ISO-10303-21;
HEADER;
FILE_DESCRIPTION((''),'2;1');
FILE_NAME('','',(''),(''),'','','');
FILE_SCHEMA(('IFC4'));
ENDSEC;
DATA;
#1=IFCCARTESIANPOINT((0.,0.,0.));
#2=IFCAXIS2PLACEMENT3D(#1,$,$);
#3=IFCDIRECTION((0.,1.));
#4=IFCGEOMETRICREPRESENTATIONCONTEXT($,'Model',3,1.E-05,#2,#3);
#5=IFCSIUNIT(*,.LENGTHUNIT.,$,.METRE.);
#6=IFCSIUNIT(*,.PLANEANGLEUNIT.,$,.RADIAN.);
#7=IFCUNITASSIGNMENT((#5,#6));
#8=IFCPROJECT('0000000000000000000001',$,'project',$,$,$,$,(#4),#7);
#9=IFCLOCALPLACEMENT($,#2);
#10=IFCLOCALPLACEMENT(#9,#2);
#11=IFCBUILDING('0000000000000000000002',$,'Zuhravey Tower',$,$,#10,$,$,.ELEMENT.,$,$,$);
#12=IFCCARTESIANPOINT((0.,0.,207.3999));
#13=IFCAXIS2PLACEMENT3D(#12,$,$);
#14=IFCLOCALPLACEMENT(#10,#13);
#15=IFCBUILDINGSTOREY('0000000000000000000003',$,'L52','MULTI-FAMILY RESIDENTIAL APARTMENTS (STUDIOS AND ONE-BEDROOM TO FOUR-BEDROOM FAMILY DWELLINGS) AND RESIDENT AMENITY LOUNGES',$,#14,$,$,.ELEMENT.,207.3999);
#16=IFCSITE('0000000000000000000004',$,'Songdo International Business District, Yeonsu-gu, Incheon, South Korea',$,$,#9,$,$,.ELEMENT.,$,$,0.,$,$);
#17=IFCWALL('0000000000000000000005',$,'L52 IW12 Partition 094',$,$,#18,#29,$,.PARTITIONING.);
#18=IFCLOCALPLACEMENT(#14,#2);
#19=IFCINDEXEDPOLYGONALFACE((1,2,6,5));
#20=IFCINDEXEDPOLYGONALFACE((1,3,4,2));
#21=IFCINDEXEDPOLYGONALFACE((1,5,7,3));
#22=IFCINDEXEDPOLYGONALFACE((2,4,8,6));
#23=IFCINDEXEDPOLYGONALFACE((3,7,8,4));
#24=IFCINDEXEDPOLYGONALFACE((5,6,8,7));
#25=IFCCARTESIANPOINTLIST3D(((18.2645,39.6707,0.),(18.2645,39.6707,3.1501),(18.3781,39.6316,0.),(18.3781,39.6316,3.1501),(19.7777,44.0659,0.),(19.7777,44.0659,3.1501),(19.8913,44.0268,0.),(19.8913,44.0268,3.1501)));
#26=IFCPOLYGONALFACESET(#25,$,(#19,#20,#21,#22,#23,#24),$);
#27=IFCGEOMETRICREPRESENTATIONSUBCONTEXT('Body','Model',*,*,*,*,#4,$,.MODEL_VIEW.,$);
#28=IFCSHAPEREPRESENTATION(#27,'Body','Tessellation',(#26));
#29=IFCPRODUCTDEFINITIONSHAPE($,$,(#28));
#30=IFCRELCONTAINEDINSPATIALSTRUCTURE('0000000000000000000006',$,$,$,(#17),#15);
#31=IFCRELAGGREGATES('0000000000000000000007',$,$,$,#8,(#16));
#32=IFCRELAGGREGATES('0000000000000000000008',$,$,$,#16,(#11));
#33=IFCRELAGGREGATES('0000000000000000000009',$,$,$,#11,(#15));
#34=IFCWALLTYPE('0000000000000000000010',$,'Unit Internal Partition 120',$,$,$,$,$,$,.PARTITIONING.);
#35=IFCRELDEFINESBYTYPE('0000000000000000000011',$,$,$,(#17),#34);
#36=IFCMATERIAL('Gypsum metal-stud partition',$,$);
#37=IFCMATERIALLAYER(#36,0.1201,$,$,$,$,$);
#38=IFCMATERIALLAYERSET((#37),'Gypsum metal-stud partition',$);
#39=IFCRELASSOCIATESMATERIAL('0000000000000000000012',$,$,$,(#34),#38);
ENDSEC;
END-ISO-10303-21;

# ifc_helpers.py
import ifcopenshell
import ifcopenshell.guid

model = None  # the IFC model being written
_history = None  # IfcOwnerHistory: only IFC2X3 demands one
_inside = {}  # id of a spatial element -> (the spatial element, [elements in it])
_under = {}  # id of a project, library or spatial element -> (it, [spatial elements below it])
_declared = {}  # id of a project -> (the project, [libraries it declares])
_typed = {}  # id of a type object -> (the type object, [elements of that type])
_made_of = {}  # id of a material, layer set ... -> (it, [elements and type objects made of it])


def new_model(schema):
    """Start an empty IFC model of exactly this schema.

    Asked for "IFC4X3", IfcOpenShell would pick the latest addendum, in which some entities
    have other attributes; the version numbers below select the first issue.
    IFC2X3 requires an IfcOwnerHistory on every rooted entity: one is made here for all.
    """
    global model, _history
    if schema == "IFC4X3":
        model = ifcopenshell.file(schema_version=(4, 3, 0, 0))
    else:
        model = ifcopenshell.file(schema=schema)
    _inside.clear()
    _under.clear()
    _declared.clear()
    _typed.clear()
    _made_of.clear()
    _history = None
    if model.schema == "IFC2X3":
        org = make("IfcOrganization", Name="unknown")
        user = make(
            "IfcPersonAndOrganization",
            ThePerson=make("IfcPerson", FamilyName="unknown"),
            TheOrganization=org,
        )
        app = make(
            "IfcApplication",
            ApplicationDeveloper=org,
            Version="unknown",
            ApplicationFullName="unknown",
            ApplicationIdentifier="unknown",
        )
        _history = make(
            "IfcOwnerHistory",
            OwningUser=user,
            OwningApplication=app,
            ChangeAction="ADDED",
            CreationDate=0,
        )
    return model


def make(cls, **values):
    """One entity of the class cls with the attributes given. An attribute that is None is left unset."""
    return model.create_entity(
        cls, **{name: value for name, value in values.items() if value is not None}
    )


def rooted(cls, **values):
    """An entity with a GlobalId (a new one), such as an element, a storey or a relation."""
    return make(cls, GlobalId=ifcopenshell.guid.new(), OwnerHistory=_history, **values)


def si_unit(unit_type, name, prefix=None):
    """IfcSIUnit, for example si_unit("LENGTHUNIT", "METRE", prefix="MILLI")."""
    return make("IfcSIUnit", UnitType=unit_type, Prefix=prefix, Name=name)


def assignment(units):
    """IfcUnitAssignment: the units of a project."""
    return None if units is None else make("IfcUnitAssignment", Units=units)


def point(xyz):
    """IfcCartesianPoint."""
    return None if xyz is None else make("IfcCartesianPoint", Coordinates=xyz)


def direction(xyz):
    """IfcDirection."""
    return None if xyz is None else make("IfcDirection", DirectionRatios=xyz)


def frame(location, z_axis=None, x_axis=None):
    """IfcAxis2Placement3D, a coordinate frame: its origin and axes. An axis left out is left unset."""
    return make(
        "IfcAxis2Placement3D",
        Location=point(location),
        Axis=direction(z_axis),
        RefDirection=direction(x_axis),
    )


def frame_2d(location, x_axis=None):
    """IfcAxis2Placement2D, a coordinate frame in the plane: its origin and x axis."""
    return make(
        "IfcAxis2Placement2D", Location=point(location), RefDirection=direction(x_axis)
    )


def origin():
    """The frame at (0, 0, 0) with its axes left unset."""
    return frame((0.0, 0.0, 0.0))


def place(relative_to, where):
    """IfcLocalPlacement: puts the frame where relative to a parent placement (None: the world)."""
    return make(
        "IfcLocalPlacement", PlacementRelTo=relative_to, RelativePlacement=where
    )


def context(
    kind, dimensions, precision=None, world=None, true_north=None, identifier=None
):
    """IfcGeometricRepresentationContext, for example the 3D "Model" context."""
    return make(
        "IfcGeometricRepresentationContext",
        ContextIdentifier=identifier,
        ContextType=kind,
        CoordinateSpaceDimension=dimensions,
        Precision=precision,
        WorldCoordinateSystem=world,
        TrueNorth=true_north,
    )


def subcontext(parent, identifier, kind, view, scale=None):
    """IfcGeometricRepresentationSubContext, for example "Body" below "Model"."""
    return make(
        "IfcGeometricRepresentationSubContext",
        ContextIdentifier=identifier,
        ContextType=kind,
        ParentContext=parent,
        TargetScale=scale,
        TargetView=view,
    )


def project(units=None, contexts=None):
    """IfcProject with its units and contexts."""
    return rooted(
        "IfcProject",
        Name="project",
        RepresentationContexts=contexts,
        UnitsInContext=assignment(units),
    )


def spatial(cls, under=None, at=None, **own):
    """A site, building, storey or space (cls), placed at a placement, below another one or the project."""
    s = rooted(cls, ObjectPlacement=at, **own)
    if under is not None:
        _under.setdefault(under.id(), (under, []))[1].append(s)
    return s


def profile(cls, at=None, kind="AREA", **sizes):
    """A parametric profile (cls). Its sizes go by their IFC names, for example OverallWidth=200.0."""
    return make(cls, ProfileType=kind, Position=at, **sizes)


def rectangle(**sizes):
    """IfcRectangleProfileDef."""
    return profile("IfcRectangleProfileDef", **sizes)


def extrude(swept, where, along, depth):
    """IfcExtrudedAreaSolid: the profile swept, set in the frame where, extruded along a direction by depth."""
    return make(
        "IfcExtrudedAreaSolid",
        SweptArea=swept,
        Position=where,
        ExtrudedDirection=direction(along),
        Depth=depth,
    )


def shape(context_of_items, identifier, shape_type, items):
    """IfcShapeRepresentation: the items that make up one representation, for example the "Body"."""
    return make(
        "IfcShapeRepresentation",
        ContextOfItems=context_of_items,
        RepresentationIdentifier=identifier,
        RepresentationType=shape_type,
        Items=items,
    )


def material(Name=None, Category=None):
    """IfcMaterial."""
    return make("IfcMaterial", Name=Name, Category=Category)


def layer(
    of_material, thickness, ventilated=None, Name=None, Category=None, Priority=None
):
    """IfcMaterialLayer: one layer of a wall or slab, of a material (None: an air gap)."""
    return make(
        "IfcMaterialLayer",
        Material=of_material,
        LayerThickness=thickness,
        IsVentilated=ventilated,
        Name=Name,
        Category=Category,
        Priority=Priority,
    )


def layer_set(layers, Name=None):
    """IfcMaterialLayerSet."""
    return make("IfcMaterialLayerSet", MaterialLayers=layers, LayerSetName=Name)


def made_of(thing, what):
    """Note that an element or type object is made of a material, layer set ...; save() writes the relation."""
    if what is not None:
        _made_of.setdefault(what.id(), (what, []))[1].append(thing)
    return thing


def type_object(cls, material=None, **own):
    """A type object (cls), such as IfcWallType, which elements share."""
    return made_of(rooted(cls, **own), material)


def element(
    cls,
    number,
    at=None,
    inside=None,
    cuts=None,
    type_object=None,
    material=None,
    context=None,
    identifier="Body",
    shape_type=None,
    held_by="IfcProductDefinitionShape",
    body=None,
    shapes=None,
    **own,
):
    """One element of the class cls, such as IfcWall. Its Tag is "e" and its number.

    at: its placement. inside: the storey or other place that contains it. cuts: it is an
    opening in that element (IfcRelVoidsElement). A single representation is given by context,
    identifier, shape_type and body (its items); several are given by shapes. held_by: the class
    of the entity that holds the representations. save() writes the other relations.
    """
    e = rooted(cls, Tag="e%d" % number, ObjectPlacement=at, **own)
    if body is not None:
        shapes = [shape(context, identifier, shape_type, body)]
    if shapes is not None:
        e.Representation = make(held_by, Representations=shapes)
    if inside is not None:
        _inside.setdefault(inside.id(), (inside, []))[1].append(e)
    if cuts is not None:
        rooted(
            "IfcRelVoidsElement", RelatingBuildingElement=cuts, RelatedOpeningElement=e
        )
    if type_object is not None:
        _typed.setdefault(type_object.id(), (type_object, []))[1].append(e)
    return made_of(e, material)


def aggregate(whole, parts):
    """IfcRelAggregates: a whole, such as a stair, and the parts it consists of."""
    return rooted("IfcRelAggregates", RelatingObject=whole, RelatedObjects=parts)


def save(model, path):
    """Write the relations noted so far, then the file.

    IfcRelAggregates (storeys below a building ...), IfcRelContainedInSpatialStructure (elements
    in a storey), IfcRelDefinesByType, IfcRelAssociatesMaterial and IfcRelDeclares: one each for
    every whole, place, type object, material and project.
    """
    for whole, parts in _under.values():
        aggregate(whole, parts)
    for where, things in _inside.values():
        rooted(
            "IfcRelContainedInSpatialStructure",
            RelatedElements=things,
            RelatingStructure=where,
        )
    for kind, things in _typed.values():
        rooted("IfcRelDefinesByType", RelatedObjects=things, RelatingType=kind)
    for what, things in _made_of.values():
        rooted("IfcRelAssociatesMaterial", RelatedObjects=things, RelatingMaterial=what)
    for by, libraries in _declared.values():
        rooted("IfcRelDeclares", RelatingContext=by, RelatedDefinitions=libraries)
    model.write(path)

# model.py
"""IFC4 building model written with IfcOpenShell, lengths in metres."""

from ifc_helpers import new_model, si_unit, direction, frame, frame_2d, origin, place, context, subcontext, project, spatial, rectangle, extrude, material, layer, layer_set, type_object, element, save


model = new_model("IFC4")

# Units and contexts
model_context = context("Model", 3, precision=1e-05, world=origin(), true_north=direction((0.0, 1.0)))
body_context = subcontext(model_context, "Body", "Model", "MODEL_VIEW")
ifc_project = project(units=[si_unit("LENGTHUNIT", "METRE"), si_unit("PLANEANGLEUNIT", "RADIAN")], contexts=[model_context])

# Site, building, storey
site_placement = place(None, origin())
site = spatial("IfcSite", under=ifc_project, at=site_placement, Name="Songdo International Business District, Yeonsu-gu, Incheon, South Korea", CompositionType="ELEMENT", RefElevation=0.0)
building_placement = place(site_placement, origin())
building = spatial("IfcBuilding", under=site, at=building_placement, Name="Zuhravey Tower", CompositionType="ELEMENT")
storey_placement = place(building_placement, frame((0.0, 0.0, 207.3999)))
storey = spatial("IfcBuildingStorey", under=building, at=storey_placement, Name="L52", Description="MULTI-FAMILY RESIDENTIAL APARTMENTS (STUDIOS AND ONE-BEDROOM TO FOUR-BEDROOM FAMILY DWELLINGS) AND RESIDENT AMENITY LOUNGES", CompositionType="ELEMENT", Elevation=207.3999)

# Shared definitions
ifc_material_1 = material(Name="Gypsum metal-stud partition")
ifc_layer_1 = layer(ifc_material_1, 0.1201)
ifc_layer_set_1 = layer_set([ifc_layer_1], Name="Gypsum metal-stud partition")
wall_type_1 = type_object("IfcWallType", Name="Unit Internal Partition 120", PredefinedType="PARTITIONING", material=ifc_layer_set_1)

# Wall
wall_1_placement = place(storey_placement, frame((19.8345, 44.0464, 0.0), z_axis=(0.0, 0.0, 1.0), x_axis=(-0.325524, -0.945534, 0.0)))
element("IfcWall", 1, at=wall_1_placement, inside=storey, type_object=wall_type_1, Name="L52 IW12 Partition 094", PredefinedType="PARTITIONING", context=body_context, shape_type="SweptSolid", body=[
    extrude(rectangle(XDim=4.6484, YDim=0.1201, at=frame_2d((2.3242, 0.0))), origin(), (0.0, 0.0, 1.0), 3.1501),
])

save(model, "model.ifc")
